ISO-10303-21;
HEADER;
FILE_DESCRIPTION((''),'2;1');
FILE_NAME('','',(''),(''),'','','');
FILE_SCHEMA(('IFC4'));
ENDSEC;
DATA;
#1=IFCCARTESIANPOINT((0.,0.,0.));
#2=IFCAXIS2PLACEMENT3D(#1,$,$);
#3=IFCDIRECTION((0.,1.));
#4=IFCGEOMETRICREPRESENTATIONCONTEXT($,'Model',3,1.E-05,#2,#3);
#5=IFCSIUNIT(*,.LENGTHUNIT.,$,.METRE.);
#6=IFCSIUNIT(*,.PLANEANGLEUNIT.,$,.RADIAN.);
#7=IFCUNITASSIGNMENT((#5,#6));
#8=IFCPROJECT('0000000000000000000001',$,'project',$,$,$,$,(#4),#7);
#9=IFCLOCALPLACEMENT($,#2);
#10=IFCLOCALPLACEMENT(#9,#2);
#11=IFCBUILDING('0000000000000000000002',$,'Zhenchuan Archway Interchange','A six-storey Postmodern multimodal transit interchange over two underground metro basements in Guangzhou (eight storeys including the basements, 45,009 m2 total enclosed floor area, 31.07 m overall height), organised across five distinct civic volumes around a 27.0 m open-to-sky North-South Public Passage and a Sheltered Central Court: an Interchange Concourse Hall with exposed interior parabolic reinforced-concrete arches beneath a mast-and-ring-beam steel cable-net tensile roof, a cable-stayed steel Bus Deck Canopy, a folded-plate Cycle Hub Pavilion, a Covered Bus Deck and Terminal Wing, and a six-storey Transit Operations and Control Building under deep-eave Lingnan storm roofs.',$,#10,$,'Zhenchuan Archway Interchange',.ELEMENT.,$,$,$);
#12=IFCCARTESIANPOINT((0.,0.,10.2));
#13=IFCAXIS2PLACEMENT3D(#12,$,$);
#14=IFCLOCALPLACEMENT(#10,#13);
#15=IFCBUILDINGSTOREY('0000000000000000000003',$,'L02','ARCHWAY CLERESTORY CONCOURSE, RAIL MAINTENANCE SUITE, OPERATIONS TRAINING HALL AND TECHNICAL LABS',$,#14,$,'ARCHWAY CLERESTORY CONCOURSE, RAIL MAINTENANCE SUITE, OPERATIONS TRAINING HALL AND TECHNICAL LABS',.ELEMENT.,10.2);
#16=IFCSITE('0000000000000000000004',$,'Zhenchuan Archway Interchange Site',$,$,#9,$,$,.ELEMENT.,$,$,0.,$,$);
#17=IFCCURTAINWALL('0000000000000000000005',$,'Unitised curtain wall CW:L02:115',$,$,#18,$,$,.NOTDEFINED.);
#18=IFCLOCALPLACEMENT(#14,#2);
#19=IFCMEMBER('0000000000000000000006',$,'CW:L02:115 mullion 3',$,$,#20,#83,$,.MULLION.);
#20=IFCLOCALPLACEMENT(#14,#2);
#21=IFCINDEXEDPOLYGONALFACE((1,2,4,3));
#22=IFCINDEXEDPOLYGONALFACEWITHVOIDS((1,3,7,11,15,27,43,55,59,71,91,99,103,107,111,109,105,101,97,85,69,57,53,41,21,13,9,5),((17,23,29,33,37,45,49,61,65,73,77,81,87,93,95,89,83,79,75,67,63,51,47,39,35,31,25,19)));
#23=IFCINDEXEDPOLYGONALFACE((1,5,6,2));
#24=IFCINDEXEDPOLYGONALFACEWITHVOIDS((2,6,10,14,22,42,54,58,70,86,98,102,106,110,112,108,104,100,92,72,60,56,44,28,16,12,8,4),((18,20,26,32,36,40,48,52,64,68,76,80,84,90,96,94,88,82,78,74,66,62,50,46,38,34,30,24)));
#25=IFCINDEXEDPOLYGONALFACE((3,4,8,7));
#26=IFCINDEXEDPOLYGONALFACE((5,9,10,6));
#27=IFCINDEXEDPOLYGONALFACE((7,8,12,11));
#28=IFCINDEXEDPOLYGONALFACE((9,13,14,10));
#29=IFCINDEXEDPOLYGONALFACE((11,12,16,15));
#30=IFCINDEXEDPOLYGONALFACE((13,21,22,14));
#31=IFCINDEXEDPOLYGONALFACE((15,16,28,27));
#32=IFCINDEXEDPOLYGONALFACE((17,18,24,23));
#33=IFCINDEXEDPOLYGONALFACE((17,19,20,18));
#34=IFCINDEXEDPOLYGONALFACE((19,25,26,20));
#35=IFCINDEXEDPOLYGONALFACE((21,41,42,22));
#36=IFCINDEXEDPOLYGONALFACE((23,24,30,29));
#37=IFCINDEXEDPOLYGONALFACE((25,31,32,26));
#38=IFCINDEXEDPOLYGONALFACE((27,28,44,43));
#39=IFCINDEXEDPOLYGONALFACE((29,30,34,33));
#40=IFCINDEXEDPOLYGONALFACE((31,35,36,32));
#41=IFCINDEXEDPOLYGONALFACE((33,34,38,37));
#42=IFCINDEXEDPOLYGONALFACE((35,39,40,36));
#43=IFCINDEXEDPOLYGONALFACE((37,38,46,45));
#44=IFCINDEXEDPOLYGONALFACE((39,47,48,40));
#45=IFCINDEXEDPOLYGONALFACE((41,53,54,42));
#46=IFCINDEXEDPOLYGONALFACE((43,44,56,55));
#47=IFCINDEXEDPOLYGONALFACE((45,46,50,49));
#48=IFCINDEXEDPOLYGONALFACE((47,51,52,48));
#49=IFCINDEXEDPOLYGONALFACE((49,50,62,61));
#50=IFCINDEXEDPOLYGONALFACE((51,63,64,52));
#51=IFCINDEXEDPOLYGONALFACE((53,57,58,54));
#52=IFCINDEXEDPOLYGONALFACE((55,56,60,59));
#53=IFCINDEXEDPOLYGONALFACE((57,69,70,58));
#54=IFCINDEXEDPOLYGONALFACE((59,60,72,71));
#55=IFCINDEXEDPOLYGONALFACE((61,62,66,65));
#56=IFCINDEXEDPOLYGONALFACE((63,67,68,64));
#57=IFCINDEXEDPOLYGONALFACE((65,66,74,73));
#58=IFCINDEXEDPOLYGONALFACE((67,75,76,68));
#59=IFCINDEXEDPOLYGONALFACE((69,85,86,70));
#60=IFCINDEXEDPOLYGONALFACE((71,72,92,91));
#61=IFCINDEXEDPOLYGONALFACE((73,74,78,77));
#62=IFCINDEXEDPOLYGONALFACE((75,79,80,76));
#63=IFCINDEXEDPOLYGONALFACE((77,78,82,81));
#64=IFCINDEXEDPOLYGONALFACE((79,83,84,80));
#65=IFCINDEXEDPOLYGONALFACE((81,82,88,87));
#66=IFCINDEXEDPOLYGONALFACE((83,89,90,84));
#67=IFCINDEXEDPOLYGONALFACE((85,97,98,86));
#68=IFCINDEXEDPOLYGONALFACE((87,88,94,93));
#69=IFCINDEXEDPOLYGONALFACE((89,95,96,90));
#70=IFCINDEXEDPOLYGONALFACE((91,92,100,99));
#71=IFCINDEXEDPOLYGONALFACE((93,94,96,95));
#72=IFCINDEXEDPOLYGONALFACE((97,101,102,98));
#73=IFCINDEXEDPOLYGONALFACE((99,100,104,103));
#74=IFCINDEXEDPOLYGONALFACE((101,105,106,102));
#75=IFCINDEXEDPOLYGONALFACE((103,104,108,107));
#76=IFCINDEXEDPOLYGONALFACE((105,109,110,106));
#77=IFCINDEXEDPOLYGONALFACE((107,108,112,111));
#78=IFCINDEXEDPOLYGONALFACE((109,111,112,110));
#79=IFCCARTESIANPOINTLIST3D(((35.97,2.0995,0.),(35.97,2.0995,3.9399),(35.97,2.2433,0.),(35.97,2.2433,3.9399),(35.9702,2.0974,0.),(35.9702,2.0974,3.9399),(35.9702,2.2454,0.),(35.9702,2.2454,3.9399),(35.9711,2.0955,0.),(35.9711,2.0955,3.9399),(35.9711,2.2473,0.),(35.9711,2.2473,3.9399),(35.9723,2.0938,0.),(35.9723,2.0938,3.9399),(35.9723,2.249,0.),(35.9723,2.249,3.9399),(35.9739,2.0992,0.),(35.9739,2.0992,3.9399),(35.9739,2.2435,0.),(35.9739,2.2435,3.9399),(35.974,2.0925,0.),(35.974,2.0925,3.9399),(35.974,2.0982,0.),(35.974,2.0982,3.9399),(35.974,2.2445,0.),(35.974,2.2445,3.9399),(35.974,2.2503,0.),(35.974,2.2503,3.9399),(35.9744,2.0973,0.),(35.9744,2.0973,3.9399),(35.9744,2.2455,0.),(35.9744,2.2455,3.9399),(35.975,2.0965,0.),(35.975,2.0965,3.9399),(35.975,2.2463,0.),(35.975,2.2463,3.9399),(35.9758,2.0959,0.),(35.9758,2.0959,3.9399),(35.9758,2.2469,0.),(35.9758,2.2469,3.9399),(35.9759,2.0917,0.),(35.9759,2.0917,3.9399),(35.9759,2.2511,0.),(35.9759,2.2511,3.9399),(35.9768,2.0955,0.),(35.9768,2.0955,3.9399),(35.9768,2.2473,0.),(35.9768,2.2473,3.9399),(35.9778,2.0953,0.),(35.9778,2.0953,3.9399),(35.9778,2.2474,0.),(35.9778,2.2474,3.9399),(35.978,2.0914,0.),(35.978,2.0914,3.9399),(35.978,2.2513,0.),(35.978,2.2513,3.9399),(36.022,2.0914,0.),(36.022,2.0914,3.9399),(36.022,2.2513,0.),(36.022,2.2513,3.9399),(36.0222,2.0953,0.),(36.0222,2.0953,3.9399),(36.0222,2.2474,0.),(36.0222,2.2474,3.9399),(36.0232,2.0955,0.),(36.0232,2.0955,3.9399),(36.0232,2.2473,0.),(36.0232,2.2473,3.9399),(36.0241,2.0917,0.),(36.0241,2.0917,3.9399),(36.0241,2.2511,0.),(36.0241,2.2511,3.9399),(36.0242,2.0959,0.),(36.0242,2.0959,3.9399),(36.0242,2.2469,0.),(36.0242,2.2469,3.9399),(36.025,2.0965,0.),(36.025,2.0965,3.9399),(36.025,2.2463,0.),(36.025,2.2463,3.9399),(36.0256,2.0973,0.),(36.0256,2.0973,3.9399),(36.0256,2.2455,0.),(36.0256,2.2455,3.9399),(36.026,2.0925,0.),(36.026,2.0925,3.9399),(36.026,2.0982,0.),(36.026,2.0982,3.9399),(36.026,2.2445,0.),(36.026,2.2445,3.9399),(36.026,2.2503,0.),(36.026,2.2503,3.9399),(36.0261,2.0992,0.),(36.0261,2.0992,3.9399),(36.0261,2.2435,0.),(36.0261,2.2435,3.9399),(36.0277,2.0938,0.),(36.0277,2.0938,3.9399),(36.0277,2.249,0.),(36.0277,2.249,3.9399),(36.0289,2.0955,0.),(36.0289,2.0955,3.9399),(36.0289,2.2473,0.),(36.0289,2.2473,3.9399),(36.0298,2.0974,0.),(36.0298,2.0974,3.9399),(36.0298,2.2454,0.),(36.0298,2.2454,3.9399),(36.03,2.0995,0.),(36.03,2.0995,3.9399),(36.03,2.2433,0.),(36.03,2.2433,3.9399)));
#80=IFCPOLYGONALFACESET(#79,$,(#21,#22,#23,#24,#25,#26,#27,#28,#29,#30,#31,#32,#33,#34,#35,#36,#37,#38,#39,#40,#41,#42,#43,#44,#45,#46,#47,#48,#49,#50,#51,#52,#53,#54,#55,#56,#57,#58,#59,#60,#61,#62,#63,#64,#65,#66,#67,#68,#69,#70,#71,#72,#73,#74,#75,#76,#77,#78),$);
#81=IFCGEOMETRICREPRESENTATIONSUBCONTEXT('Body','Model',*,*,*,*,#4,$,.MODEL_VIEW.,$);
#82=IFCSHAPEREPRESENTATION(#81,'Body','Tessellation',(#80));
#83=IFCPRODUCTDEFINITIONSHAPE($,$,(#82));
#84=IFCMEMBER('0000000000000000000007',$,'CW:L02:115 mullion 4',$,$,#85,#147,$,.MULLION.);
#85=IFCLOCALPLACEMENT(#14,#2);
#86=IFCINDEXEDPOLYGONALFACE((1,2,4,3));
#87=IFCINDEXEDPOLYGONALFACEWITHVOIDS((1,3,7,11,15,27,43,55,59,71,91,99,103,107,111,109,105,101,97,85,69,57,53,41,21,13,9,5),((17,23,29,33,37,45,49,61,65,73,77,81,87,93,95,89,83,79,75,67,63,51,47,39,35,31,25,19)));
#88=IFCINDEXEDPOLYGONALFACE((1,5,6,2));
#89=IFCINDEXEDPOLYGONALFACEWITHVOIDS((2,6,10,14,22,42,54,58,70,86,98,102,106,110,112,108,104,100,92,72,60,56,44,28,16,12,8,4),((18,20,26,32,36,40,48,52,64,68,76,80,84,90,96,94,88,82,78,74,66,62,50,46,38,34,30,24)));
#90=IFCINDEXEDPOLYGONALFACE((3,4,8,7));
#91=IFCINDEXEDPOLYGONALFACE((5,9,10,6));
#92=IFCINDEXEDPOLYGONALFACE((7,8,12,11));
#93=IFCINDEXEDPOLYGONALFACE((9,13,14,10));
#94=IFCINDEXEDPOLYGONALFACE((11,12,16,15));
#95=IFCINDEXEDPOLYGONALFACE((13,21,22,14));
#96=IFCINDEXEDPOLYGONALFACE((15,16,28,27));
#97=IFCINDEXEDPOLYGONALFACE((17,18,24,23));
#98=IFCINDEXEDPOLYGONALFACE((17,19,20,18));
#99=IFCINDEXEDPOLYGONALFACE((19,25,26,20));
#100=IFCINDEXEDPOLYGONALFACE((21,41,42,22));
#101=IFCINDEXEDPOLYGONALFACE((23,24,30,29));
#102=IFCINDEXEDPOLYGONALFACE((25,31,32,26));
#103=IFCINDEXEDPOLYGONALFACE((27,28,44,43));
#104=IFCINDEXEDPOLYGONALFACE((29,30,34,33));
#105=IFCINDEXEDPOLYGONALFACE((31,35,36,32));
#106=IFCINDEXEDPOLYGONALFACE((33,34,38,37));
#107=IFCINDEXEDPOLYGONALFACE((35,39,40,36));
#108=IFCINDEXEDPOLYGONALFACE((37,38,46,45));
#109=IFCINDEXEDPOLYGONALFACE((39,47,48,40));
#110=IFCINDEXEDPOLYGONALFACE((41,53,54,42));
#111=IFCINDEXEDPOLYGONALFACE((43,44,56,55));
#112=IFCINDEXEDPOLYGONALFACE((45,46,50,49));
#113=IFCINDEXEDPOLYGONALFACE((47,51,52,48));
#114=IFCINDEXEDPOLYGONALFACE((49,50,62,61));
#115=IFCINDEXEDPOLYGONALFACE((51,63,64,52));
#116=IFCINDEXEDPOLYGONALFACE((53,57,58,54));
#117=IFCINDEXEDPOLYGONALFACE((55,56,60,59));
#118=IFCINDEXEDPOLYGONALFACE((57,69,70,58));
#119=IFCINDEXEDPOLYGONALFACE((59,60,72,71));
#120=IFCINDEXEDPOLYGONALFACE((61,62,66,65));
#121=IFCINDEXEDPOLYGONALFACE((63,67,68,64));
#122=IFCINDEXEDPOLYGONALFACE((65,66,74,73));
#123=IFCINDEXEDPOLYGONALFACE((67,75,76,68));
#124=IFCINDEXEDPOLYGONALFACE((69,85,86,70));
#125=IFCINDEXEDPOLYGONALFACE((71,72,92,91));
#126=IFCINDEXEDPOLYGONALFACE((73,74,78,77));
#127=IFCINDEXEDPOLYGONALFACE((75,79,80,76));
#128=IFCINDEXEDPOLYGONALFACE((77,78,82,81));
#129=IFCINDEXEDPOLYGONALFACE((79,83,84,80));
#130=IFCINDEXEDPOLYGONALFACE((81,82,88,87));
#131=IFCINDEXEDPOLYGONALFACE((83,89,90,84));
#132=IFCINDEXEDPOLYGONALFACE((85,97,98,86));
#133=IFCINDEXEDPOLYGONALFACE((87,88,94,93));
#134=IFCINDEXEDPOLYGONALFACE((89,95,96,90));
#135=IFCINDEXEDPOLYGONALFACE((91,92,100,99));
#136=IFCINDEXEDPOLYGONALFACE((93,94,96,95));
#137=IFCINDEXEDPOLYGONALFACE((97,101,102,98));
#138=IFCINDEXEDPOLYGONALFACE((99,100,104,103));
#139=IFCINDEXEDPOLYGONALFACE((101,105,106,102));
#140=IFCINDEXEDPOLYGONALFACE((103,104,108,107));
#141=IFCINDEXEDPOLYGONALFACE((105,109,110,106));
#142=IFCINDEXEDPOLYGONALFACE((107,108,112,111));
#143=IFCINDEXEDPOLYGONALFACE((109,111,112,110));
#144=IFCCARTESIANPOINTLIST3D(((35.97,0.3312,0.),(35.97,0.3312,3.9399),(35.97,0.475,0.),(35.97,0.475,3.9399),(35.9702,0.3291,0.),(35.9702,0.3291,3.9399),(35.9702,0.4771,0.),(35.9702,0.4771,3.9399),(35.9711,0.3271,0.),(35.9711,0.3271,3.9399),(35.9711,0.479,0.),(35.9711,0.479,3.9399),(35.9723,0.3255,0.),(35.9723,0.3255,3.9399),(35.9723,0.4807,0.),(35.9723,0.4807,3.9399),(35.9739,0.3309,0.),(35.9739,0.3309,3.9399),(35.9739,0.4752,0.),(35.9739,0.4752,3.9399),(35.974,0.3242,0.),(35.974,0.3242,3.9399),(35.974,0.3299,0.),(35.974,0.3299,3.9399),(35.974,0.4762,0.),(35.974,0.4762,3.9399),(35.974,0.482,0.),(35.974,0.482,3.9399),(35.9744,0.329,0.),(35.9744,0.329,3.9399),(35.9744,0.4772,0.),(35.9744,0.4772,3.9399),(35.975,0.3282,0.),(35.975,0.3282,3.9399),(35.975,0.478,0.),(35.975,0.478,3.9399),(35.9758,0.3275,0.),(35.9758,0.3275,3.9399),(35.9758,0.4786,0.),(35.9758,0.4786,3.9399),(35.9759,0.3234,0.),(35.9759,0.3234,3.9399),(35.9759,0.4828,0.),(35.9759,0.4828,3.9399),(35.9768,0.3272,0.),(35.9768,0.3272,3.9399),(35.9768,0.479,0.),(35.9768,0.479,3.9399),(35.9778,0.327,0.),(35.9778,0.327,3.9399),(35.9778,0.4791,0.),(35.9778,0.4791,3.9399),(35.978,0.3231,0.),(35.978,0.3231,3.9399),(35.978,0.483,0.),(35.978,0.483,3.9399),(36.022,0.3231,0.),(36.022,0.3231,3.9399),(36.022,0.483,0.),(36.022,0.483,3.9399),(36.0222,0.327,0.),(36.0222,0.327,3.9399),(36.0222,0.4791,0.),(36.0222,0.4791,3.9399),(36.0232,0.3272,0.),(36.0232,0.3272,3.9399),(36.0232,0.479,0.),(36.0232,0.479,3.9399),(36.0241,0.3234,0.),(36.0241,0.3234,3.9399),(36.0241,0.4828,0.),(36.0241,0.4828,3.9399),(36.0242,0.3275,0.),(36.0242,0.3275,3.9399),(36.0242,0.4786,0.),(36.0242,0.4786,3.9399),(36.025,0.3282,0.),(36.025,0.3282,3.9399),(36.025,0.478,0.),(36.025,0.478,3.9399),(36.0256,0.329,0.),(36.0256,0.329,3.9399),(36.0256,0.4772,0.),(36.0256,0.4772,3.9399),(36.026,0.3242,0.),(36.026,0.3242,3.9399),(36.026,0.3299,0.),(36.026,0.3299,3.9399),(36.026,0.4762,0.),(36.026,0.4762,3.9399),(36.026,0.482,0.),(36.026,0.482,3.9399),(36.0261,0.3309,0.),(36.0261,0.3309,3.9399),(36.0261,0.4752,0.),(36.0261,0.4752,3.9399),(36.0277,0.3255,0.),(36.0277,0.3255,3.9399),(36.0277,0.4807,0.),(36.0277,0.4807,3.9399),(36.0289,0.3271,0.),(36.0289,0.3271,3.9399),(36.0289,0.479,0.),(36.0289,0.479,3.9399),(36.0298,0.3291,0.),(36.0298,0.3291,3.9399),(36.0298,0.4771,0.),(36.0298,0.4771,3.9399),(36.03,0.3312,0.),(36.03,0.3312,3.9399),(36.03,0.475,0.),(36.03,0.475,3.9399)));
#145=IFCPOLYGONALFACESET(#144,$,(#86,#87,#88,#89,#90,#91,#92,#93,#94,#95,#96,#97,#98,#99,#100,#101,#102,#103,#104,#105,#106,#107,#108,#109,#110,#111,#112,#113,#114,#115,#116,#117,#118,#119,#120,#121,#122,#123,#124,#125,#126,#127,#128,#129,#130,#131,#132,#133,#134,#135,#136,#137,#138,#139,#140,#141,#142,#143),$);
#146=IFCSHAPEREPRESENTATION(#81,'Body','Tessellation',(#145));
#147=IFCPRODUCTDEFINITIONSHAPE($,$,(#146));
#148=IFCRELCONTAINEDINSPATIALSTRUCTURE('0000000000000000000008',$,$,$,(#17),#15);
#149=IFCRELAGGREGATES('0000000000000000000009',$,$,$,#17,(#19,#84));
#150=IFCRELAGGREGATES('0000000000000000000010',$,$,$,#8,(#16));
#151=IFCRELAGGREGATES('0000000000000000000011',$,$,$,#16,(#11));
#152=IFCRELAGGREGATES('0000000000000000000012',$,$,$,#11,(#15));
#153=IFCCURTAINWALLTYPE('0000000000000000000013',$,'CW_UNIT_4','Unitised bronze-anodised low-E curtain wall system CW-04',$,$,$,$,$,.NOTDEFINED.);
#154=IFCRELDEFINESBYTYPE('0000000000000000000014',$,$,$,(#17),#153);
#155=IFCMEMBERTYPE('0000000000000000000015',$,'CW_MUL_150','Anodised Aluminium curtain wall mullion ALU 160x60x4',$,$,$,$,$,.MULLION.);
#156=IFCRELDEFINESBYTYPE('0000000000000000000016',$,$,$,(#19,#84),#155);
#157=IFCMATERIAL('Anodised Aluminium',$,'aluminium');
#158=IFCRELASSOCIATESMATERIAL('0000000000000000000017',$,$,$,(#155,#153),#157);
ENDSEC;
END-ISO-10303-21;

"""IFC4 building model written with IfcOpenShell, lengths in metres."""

from ifc_helpers import new_model, si_unit, direction, frame, origin, origin_2d, place, context, subcontext, project, spatial, hollow_rectangle, extrude, material, material_profile, profile_set, type_object, element, aggregate, save


model = new_model("IFC4")

# Units and contexts
model_context = context("Model", 3, precision=1e-05, world=origin(), true_north=direction((0.0, 1.0)))
body_context = subcontext(model_context, "Body", "Model", "MODEL_VIEW")
ifc_project = project(units=[si_unit("LENGTHUNIT", "METRE"), si_unit("PLANEANGLEUNIT", "RADIAN")], contexts=[model_context])

# Site, building, storey
site_placement = place(None, origin())
site = spatial("IfcSite", under=ifc_project, at=site_placement, Name="Zhenchuan Archway Interchange Site", CompositionType="ELEMENT", RefElevation=0.0)
building_placement = place(site_placement, origin())
building = spatial("IfcBuilding", under=site, at=building_placement, Name="Zhenchuan Archway Interchange", Description="A six-storey Postmodern multimodal transit interchange over two underground metro basements in Guangzhou (eight storeys including the basements, 45,009 m2 total enclosed floor area, 31.07 m overall height), organised across five distinct civic volumes around a 27.0 m open-to-sky North-South Public Passage and a Sheltered Central Court: an Interchange Concourse Hall with exposed interior parabolic reinforced-concrete arches beneath a mast-and-ring-beam steel cable-net tensile roof, a cable-stayed steel Bus Deck Canopy, a folded-plate Cycle Hub Pavilion, a Covered Bus Deck and Terminal Wing, and a six-storey Transit Operations and Control Building under deep-eave Lingnan storm roofs.", LongName="Zhenchuan Archway Interchange", CompositionType="ELEMENT")
storey_placement = place(building_placement, frame((0.0, 0.0, 10.2)))
storey = spatial("IfcBuildingStorey", under=building, at=storey_placement, Name="L02", Description="ARCHWAY CLERESTORY CONCOURSE, RAIL MAINTENANCE SUITE, OPERATIONS TRAINING HALL AND TECHNICAL LABS", LongName="ARCHWAY CLERESTORY CONCOURSE, RAIL MAINTENANCE SUITE, OPERATIONS TRAINING HALL AND TECHNICAL LABS", CompositionType="ELEMENT", Elevation=10.2)

# Curtain wall, members
ifc_material_1 = material(Name="Anodised Aluminium", Category="aluminium")
ifc_material_profile_1 = material_profile(ifc_material_1, hollow_rectangle(XDim=0.0601, YDim=0.1599, WallThickness=0.0039, InnerFilletRadius=0.0039, OuterFilletRadius=0.0081, at=origin_2d()), Name="ALU 160x60x4")
ifc_profile_set_1 = profile_set([ifc_material_profile_1], Name="Anodised Aluminium")
member_type_1 = type_object("IfcMemberType", Name="CW_MUL_150", Description="Anodised Aluminium curtain wall mullion ALU 160x60x4", PredefinedType="MULLION", material=ifc_profile_set_1)
curtain_wall_type_1 = type_object("IfcCurtainWallType", Name="CW_UNIT_4", Description="Unitised bronze-anodised low-E curtain wall system CW-04", PredefinedType="NOTDEFINED", material=ifc_material_1)
curtain_wall_1_placement = place(storey_placement, origin())
curtain_wall_1 = element("IfcCurtainWall", 1, at=curtain_wall_1_placement, inside=storey, type_object=curtain_wall_type_1, Name="Unitised curtain wall CW:L02:115", PredefinedType="NOTDEFINED")
member_1_placement = place(storey_placement, frame((36.0, 2.1714, 0.0), z_axis=(0.0, 0.0, 1.0), x_axis=(1.0, 0.0, 0.0)))
member_1 = element("IfcMember", 2, at=member_1_placement, type_object=member_type_1, Name="CW:L02:115 mullion 3", PredefinedType="MULLION", context=body_context, shape_type="SweptSolid", body=[
    extrude(hollow_rectangle(XDim=0.0601, YDim=0.1599, WallThickness=0.0039, InnerFilletRadius=0.0039, OuterFilletRadius=0.0081, at=origin_2d()), origin(), (0.0, 0.0, 1.0), 3.9399),
])
member_2_placement = place(storey_placement, frame((36.0, 0.4031, 0.0), z_axis=(0.0, 0.0, 1.0), x_axis=(1.0, 0.0, 0.0)))
member_2 = element("IfcMember", 3, at=member_2_placement, type_object=member_type_1, Name="CW:L02:115 mullion 4", PredefinedType="MULLION", context=body_context, shape_type="SweptSolid", body=[
    extrude(hollow_rectangle(XDim=0.0601, YDim=0.1599, WallThickness=0.0039, InnerFilletRadius=0.0039, OuterFilletRadius=0.0081, at=origin_2d()), origin(), (0.0, 0.0, 1.0), 3.9399),
])

aggregate(curtain_wall_1, [member_1, member_2])

save(model, "model.ifc")
